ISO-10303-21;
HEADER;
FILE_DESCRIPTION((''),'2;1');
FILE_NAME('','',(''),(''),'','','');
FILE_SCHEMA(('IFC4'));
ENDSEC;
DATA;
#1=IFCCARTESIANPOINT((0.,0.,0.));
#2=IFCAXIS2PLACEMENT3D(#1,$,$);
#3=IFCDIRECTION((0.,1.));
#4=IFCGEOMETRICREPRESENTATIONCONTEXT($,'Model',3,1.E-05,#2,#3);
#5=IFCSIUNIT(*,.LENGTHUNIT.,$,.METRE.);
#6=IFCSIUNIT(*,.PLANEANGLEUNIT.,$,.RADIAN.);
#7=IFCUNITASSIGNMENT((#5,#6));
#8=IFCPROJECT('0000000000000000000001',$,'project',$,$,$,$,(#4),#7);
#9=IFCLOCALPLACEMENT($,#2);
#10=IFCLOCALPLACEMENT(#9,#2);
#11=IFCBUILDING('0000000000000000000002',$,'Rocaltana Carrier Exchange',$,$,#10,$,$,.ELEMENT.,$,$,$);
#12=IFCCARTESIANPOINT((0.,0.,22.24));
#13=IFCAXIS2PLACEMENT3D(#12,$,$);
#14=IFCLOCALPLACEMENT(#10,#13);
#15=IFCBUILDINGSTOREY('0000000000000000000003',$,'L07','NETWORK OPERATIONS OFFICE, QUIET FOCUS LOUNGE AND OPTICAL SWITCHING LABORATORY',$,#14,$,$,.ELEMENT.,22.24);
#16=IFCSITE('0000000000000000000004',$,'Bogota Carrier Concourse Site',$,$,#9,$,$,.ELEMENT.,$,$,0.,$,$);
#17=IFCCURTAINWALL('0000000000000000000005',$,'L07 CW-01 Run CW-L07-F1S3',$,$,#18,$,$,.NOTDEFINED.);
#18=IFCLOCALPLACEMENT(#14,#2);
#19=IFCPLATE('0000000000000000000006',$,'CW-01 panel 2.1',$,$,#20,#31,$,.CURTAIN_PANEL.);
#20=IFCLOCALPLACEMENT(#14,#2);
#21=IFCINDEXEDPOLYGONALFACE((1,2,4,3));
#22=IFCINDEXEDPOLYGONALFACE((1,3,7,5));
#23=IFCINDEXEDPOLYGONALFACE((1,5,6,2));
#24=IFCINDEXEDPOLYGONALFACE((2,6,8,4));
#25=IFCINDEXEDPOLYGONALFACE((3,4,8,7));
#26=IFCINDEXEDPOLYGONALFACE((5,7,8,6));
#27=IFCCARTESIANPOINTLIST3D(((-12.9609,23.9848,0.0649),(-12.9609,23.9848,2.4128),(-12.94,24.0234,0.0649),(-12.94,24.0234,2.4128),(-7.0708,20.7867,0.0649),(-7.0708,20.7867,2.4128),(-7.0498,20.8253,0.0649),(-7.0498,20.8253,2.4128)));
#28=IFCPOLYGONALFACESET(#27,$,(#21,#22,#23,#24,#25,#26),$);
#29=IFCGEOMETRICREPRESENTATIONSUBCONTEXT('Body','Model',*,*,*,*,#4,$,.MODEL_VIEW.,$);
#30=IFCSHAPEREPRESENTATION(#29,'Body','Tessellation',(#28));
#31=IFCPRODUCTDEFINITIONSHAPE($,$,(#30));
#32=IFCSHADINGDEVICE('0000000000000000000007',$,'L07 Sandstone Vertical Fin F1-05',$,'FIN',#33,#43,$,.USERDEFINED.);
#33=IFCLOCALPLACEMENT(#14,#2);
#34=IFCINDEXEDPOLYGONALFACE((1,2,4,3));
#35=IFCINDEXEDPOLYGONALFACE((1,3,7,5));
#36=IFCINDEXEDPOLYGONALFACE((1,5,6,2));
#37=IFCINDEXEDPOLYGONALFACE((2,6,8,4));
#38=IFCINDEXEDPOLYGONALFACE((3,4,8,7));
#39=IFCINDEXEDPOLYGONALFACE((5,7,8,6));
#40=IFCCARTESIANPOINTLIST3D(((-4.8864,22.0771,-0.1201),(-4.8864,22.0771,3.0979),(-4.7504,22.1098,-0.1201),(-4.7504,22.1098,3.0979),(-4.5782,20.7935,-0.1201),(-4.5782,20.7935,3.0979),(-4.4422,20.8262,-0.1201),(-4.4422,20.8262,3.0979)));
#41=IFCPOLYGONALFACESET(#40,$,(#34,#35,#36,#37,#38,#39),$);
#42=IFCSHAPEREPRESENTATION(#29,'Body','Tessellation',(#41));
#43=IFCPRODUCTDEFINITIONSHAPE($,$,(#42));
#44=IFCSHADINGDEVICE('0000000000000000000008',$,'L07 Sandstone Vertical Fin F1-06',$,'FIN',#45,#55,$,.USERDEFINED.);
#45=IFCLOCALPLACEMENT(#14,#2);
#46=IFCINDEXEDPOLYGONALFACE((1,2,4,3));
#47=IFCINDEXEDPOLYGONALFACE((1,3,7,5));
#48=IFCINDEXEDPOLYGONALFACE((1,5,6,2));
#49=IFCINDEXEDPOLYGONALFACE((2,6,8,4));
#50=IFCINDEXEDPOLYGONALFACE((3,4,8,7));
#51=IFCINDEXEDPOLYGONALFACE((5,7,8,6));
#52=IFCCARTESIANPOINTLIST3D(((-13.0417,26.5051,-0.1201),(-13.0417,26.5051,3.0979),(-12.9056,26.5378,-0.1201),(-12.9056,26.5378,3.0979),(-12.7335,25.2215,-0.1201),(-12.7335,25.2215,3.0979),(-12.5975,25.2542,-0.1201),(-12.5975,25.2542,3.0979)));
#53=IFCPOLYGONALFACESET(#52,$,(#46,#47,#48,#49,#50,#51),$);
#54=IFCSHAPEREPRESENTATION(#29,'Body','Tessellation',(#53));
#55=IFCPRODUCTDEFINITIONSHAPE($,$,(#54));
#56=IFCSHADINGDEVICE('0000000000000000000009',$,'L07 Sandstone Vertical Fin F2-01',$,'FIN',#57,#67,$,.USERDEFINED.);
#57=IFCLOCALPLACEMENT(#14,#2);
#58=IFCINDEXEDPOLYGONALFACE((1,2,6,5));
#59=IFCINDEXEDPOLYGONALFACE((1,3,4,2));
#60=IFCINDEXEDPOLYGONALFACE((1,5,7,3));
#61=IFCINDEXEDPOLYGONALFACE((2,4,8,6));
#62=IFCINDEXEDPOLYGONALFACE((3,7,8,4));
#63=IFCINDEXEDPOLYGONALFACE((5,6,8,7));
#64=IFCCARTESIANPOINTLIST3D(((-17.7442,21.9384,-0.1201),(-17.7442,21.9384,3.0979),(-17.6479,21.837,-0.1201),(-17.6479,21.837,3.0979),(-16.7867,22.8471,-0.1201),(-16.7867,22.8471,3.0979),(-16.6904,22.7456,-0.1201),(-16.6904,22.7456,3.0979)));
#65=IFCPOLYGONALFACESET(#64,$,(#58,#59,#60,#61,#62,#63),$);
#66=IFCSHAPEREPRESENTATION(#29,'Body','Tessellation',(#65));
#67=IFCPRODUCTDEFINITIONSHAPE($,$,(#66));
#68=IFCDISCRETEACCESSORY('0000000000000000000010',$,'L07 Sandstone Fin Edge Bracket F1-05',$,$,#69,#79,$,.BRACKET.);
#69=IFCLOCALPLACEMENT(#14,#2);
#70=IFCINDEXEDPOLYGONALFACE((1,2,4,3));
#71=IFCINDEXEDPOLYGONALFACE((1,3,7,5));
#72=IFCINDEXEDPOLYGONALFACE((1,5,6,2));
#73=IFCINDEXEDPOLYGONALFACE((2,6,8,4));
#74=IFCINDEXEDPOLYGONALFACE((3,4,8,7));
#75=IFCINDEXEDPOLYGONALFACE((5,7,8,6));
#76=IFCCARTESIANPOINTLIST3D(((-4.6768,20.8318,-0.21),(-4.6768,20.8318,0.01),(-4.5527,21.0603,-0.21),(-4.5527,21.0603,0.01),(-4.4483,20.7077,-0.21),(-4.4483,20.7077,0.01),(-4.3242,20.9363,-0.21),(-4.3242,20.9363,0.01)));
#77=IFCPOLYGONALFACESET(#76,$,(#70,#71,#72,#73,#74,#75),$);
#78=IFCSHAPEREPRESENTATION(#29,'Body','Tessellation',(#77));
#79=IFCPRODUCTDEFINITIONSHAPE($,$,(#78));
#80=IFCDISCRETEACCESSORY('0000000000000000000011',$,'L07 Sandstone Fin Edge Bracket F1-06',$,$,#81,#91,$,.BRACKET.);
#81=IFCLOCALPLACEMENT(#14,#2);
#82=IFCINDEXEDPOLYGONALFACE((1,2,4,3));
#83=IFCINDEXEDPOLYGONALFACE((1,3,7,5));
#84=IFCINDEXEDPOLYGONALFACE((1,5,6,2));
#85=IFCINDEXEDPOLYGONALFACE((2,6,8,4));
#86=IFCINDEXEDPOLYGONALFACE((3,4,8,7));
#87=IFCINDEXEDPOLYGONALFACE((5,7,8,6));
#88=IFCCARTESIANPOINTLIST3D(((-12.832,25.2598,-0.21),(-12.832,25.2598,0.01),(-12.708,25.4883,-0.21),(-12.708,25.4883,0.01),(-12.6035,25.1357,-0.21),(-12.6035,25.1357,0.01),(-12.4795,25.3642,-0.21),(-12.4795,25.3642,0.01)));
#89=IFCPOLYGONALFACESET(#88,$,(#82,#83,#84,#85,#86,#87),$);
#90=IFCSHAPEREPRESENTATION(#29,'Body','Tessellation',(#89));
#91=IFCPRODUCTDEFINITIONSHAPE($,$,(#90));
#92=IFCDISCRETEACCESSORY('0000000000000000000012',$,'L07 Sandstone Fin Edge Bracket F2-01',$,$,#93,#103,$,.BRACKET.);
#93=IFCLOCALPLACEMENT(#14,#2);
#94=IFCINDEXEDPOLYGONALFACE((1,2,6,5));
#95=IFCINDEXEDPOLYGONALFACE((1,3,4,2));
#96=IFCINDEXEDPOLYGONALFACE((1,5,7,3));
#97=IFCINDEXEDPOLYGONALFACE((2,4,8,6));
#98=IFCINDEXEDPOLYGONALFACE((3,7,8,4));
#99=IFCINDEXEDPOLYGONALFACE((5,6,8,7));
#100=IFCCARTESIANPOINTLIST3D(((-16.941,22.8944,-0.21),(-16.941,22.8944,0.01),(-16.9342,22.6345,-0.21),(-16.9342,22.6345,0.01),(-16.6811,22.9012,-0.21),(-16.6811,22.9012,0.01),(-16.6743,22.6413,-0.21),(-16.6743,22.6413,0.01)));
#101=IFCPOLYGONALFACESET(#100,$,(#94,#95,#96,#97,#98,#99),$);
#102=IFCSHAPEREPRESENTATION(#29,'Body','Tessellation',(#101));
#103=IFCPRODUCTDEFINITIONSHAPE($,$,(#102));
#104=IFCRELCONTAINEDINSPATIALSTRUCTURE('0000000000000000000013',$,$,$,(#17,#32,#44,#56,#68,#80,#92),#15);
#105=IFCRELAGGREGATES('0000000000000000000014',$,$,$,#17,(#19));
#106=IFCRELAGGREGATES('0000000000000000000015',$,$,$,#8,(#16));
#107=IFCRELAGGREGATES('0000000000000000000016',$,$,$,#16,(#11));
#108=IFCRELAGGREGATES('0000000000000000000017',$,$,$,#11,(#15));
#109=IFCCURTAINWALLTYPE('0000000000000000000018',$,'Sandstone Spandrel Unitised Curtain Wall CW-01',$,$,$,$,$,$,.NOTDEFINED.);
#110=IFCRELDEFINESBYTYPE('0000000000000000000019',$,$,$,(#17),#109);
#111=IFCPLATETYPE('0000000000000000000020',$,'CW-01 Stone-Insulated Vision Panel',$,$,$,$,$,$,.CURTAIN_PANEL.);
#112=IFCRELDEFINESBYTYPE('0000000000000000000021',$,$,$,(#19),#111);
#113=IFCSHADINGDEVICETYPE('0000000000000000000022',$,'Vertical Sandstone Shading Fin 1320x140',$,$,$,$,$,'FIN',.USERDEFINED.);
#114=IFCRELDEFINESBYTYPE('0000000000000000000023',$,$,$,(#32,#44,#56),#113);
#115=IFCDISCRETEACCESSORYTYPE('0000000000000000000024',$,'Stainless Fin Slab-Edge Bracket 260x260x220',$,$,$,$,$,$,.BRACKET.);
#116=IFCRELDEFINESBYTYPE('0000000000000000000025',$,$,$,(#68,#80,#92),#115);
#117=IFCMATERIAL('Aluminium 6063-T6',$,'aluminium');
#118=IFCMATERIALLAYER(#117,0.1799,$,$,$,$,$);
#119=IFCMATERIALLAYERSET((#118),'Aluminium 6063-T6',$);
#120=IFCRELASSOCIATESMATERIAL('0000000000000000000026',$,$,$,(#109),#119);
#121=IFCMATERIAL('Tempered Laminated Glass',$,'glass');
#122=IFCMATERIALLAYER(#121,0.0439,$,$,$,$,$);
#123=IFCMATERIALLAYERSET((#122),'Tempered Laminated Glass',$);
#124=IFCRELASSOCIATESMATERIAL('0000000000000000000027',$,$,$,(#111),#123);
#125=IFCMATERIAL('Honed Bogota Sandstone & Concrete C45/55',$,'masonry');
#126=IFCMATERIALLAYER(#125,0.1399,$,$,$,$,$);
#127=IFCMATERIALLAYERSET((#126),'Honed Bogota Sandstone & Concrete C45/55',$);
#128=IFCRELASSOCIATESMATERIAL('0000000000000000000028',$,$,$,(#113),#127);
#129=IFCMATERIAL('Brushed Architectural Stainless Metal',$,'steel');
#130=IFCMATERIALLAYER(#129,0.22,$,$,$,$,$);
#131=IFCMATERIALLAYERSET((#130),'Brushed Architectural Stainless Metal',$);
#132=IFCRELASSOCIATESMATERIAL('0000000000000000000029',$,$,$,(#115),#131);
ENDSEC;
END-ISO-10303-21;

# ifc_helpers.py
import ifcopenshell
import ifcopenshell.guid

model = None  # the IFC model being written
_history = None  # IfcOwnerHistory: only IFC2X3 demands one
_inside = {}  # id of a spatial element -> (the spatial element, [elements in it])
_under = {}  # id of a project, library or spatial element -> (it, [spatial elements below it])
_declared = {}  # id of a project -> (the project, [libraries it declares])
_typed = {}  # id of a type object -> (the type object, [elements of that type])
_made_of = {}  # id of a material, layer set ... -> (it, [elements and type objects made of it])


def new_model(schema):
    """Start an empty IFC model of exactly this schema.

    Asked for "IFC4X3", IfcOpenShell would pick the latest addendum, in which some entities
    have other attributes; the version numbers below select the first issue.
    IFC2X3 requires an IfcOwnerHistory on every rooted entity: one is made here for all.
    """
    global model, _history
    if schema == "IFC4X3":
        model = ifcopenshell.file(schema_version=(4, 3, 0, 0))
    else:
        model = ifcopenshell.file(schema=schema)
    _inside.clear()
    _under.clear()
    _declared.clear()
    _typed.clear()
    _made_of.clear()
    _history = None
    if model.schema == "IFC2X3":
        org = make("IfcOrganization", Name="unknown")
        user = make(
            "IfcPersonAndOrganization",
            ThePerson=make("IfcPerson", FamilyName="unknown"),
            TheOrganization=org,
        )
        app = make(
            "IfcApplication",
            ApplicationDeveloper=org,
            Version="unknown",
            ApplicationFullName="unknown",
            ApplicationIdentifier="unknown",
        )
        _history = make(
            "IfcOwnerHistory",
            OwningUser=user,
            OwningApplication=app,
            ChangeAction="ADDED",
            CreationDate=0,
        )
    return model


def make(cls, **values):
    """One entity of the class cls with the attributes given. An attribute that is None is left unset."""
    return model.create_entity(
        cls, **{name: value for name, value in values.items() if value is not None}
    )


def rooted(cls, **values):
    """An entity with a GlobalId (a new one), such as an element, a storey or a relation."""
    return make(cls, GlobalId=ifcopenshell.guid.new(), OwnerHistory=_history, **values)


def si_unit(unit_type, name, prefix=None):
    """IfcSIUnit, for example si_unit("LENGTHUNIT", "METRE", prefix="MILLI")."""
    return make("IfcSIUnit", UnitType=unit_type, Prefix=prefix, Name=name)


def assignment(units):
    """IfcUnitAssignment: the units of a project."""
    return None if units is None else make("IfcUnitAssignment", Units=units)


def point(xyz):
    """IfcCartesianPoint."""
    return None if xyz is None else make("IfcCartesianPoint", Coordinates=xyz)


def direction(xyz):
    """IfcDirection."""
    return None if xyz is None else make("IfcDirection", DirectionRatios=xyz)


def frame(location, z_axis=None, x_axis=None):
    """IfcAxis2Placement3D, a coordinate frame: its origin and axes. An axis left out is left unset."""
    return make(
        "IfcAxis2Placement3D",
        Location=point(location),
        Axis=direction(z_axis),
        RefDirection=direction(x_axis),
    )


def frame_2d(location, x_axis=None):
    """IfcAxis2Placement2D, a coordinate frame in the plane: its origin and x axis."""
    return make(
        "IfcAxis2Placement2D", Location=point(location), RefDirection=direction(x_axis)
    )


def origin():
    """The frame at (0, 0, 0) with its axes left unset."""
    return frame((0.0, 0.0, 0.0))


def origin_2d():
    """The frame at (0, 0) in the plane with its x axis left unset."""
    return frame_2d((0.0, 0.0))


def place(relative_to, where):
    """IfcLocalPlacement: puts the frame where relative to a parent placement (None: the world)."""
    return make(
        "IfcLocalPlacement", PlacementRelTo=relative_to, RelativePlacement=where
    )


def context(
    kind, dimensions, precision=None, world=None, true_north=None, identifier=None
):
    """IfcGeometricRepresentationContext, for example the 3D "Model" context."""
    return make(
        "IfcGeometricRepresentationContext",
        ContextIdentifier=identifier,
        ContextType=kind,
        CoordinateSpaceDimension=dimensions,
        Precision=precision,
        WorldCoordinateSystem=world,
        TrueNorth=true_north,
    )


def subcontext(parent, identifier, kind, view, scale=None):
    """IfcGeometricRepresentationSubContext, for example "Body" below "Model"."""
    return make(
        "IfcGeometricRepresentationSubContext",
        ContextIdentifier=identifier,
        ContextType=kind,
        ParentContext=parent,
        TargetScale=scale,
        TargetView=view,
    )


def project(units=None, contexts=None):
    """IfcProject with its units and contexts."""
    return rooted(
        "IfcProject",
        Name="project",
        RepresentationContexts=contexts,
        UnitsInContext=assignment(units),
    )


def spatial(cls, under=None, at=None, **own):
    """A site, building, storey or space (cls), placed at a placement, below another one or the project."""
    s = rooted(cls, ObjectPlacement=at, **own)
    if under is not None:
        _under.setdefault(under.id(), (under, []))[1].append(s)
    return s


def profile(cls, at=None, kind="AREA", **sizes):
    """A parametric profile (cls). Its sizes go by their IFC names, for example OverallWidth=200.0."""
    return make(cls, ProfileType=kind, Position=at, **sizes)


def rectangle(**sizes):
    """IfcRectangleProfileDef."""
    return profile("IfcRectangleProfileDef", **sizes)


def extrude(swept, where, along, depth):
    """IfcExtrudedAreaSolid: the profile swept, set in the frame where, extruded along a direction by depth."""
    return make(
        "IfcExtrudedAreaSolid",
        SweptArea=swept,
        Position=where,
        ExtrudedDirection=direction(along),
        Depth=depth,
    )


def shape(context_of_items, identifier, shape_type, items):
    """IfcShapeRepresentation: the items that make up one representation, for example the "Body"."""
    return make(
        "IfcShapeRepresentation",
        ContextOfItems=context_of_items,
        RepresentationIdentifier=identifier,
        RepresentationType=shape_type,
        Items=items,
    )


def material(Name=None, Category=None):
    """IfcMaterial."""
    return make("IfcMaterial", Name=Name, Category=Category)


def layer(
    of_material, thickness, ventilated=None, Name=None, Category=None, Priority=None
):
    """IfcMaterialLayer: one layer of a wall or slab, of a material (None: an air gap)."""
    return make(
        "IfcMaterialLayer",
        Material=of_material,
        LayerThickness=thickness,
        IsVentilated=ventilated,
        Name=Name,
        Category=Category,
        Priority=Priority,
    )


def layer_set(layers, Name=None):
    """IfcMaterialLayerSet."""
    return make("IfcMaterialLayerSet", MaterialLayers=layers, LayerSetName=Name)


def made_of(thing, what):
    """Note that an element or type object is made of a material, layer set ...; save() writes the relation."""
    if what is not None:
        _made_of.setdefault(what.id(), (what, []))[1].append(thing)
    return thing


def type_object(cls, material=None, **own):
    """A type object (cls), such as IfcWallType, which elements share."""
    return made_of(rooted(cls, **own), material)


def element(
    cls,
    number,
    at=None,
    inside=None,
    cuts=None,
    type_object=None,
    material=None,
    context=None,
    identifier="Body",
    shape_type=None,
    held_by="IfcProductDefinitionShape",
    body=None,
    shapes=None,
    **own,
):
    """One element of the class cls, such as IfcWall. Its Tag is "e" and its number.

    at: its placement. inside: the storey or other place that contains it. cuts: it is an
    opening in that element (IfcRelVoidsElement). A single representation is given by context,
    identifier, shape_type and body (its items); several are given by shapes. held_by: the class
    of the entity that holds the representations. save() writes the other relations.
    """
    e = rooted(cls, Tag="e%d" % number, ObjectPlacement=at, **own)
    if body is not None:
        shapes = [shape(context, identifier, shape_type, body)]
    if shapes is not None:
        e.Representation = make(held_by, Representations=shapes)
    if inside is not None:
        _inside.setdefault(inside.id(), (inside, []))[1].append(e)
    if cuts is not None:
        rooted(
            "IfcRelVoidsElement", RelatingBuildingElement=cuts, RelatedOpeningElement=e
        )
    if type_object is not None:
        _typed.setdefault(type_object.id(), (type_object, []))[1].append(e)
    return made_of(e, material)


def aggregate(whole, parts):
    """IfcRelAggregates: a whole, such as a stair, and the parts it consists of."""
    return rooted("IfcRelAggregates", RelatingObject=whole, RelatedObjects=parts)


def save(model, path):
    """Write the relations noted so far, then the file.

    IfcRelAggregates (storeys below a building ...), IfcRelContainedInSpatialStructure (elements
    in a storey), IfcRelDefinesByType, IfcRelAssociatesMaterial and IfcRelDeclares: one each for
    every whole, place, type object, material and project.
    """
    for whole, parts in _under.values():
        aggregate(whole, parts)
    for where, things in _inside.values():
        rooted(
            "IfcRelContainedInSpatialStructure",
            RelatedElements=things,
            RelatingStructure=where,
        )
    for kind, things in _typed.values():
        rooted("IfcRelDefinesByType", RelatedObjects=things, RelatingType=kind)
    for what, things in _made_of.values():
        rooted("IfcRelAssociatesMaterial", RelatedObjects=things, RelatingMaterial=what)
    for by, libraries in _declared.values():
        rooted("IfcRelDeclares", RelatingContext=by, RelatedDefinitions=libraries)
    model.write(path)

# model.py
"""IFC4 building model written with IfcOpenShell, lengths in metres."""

from ifc_helpers import new_model, si_unit, direction, frame, origin, origin_2d, place, context, subcontext, project, spatial, rectangle, extrude, material, layer, layer_set, type_object, element, aggregate, save


model = new_model("IFC4")

# Units and contexts
model_context = context("Model", 3, precision=1e-05, world=origin(), true_north=direction((0.0, 1.0)))
body_context = subcontext(model_context, "Body", "Model", "MODEL_VIEW")
ifc_project = project(units=[si_unit("LENGTHUNIT", "METRE"), si_unit("PLANEANGLEUNIT", "RADIAN")], contexts=[model_context])

# Site, building, storey
site_placement = place(None, origin())
site = spatial("IfcSite", under=ifc_project, at=site_placement, Name="Bogota Carrier Concourse Site", CompositionType="ELEMENT", RefElevation=0.0)
building_placement = place(site_placement, origin())
building = spatial("IfcBuilding", under=site, at=building_placement, Name="Rocaltana Carrier Exchange", CompositionType="ELEMENT")
storey_placement = place(building_placement, frame((0.0, 0.0, 22.24)))
storey = spatial("IfcBuildingStorey", under=building, at=storey_placement, Name="L07", Description="NETWORK OPERATIONS OFFICE, QUIET FOCUS LOUNGE AND OPTICAL SWITCHING LABORATORY", CompositionType="ELEMENT", Elevation=22.24)

# Curtain wall
ifc_material_1 = material(Name="Aluminium 6063-T6", Category="aluminium")
ifc_layer_1 = layer(ifc_material_1, 0.1799)
ifc_layer_set_1 = layer_set([ifc_layer_1], Name="Aluminium 6063-T6")
curtain_wall_type = type_object("IfcCurtainWallType", Name="Sandstone Spandrel Unitised Curtain Wall CW-01", PredefinedType="NOTDEFINED", material=ifc_layer_set_1)
curtain_wall_1_placement = place(storey_placement, origin())
curtain_wall_1 = element("IfcCurtainWall", 1, at=curtain_wall_1_placement, inside=storey, type_object=curtain_wall_type, Name="L07 CW-01 Run CW-L07-F1S3", PredefinedType="NOTDEFINED")

# Plate
ifc_material_2 = material(Name="Tempered Laminated Glass", Category="glass")
ifc_layer_2 = layer(ifc_material_2, 0.0439)
ifc_layer_set_2 = layer_set([ifc_layer_2], Name="Tempered Laminated Glass")
plate_type = type_object("IfcPlateType", Name="CW-01 Stone-Insulated Vision Panel", PredefinedType="CURTAIN_PANEL", material=ifc_layer_set_2)
plate_placement = place(storey_placement, frame((-10.0054, 22.405, 0.0649), z_axis=(0.0, 0.0, 1.0), x_axis=(-0.878819, 0.477156, 0.0)))
plate = element("IfcPlate", 2, at=plate_placement, type_object=plate_type, Name="CW-01 panel 2.1", PredefinedType="CURTAIN_PANEL", context=body_context, shape_type="SweptSolid", body=[
    extrude(rectangle(XDim=6.7024, YDim=0.0439, at=origin_2d()), origin(), (0.0, 0.0, 1.0), 2.3479),
])
aggregate(curtain_wall_1, [plate])

# Shading devices
ifc_material_3 = material(Name="Honed Bogota Sandstone & Concrete C45/55", Category="masonry")
ifc_layer_3 = layer(ifc_material_3, 0.1399)
ifc_layer_set_3 = layer_set([ifc_layer_3], Name="Honed Bogota Sandstone & Concrete C45/55")
shading_device_type = type_object("IfcShadingDeviceType", Name="Vertical Sandstone Shading Fin 1320x140", ElementType="FIN", PredefinedType="USERDEFINED", material=ifc_layer_set_3)
for number, where, z_axis, x_axis, name in (
    (3, (-4.6643, 21.4517, -0.1201), (0.0, 0.0, 1.0), (-0.233445, 0.97237, 0.0), "L07 Sandstone Vertical Fin F1-05"),
    (4, (-12.8196, 25.8796, -0.1201), (0.0, 0.0, 1.0), (-0.233445, 0.97237, 0.0), "L07 Sandstone Vertical Fin F1-06"),
    (5, (-17.2173, 22.342, -0.1201), (0.0, 0.0, 1.0), (-0.725374, -0.688355, 0.0), "L07 Sandstone Vertical Fin F2-01"),
):
    element("IfcShadingDevice", number, at=place(storey_placement, frame(where, z_axis=z_axis, x_axis=x_axis)), inside=storey, type_object=shading_device_type, Name=name, ObjectType="FIN", PredefinedType="USERDEFINED", context=body_context, shape_type="SweptSolid", body=[
        extrude(rectangle(XDim=1.3201, YDim=0.1399, at=origin_2d()), origin(), (0.0, 0.0, 1.0), 3.218),
    ])

# Discrete accessories
ifc_material_4 = material(Name="Brushed Architectural Stainless Metal", Category="steel")
ifc_layer_4 = layer(ifc_material_4, 0.22)
ifc_layer_set_4 = layer_set([ifc_layer_4], Name="Brushed Architectural Stainless Metal")
discrete_accessory_type = type_object("IfcDiscreteAccessoryType", Name="Stainless Fin Slab-Edge Bracket 260x260x220", PredefinedType="BRACKET", material=ifc_layer_set_4)
for number, where, z_axis, x_axis, name in (
    (6, (-4.5005, 20.884, -0.21), (0.0, 0.0, 1.0), (-0.878817, 0.477159, 0.0), "L07 Sandstone Fin Edge Bracket F1-05"),
    (7, (-12.6558, 25.312, -0.21), (0.0, 0.0, 1.0), (-0.878817, 0.477159, 0.0), "L07 Sandstone Fin Edge Bracket F1-06"),
    (8, (-16.8076, 22.7678, -0.21), (0.0, 0.0, 1.0), (0.026177, -0.999657, 0.0), "L07 Sandstone Fin Edge Bracket F2-01"),
):
    element("IfcDiscreteAccessory", number, at=place(storey_placement, frame(where, z_axis=z_axis, x_axis=x_axis)), inside=storey, type_object=discrete_accessory_type, Name=name, PredefinedType="BRACKET", context=body_context, shape_type="SweptSolid", body=[
        extrude(rectangle(XDim=0.26, YDim=0.26, at=origin_2d()), origin(), (0.0, 0.0, 1.0), 0.22),
    ])

save(model, "model.ifc")
